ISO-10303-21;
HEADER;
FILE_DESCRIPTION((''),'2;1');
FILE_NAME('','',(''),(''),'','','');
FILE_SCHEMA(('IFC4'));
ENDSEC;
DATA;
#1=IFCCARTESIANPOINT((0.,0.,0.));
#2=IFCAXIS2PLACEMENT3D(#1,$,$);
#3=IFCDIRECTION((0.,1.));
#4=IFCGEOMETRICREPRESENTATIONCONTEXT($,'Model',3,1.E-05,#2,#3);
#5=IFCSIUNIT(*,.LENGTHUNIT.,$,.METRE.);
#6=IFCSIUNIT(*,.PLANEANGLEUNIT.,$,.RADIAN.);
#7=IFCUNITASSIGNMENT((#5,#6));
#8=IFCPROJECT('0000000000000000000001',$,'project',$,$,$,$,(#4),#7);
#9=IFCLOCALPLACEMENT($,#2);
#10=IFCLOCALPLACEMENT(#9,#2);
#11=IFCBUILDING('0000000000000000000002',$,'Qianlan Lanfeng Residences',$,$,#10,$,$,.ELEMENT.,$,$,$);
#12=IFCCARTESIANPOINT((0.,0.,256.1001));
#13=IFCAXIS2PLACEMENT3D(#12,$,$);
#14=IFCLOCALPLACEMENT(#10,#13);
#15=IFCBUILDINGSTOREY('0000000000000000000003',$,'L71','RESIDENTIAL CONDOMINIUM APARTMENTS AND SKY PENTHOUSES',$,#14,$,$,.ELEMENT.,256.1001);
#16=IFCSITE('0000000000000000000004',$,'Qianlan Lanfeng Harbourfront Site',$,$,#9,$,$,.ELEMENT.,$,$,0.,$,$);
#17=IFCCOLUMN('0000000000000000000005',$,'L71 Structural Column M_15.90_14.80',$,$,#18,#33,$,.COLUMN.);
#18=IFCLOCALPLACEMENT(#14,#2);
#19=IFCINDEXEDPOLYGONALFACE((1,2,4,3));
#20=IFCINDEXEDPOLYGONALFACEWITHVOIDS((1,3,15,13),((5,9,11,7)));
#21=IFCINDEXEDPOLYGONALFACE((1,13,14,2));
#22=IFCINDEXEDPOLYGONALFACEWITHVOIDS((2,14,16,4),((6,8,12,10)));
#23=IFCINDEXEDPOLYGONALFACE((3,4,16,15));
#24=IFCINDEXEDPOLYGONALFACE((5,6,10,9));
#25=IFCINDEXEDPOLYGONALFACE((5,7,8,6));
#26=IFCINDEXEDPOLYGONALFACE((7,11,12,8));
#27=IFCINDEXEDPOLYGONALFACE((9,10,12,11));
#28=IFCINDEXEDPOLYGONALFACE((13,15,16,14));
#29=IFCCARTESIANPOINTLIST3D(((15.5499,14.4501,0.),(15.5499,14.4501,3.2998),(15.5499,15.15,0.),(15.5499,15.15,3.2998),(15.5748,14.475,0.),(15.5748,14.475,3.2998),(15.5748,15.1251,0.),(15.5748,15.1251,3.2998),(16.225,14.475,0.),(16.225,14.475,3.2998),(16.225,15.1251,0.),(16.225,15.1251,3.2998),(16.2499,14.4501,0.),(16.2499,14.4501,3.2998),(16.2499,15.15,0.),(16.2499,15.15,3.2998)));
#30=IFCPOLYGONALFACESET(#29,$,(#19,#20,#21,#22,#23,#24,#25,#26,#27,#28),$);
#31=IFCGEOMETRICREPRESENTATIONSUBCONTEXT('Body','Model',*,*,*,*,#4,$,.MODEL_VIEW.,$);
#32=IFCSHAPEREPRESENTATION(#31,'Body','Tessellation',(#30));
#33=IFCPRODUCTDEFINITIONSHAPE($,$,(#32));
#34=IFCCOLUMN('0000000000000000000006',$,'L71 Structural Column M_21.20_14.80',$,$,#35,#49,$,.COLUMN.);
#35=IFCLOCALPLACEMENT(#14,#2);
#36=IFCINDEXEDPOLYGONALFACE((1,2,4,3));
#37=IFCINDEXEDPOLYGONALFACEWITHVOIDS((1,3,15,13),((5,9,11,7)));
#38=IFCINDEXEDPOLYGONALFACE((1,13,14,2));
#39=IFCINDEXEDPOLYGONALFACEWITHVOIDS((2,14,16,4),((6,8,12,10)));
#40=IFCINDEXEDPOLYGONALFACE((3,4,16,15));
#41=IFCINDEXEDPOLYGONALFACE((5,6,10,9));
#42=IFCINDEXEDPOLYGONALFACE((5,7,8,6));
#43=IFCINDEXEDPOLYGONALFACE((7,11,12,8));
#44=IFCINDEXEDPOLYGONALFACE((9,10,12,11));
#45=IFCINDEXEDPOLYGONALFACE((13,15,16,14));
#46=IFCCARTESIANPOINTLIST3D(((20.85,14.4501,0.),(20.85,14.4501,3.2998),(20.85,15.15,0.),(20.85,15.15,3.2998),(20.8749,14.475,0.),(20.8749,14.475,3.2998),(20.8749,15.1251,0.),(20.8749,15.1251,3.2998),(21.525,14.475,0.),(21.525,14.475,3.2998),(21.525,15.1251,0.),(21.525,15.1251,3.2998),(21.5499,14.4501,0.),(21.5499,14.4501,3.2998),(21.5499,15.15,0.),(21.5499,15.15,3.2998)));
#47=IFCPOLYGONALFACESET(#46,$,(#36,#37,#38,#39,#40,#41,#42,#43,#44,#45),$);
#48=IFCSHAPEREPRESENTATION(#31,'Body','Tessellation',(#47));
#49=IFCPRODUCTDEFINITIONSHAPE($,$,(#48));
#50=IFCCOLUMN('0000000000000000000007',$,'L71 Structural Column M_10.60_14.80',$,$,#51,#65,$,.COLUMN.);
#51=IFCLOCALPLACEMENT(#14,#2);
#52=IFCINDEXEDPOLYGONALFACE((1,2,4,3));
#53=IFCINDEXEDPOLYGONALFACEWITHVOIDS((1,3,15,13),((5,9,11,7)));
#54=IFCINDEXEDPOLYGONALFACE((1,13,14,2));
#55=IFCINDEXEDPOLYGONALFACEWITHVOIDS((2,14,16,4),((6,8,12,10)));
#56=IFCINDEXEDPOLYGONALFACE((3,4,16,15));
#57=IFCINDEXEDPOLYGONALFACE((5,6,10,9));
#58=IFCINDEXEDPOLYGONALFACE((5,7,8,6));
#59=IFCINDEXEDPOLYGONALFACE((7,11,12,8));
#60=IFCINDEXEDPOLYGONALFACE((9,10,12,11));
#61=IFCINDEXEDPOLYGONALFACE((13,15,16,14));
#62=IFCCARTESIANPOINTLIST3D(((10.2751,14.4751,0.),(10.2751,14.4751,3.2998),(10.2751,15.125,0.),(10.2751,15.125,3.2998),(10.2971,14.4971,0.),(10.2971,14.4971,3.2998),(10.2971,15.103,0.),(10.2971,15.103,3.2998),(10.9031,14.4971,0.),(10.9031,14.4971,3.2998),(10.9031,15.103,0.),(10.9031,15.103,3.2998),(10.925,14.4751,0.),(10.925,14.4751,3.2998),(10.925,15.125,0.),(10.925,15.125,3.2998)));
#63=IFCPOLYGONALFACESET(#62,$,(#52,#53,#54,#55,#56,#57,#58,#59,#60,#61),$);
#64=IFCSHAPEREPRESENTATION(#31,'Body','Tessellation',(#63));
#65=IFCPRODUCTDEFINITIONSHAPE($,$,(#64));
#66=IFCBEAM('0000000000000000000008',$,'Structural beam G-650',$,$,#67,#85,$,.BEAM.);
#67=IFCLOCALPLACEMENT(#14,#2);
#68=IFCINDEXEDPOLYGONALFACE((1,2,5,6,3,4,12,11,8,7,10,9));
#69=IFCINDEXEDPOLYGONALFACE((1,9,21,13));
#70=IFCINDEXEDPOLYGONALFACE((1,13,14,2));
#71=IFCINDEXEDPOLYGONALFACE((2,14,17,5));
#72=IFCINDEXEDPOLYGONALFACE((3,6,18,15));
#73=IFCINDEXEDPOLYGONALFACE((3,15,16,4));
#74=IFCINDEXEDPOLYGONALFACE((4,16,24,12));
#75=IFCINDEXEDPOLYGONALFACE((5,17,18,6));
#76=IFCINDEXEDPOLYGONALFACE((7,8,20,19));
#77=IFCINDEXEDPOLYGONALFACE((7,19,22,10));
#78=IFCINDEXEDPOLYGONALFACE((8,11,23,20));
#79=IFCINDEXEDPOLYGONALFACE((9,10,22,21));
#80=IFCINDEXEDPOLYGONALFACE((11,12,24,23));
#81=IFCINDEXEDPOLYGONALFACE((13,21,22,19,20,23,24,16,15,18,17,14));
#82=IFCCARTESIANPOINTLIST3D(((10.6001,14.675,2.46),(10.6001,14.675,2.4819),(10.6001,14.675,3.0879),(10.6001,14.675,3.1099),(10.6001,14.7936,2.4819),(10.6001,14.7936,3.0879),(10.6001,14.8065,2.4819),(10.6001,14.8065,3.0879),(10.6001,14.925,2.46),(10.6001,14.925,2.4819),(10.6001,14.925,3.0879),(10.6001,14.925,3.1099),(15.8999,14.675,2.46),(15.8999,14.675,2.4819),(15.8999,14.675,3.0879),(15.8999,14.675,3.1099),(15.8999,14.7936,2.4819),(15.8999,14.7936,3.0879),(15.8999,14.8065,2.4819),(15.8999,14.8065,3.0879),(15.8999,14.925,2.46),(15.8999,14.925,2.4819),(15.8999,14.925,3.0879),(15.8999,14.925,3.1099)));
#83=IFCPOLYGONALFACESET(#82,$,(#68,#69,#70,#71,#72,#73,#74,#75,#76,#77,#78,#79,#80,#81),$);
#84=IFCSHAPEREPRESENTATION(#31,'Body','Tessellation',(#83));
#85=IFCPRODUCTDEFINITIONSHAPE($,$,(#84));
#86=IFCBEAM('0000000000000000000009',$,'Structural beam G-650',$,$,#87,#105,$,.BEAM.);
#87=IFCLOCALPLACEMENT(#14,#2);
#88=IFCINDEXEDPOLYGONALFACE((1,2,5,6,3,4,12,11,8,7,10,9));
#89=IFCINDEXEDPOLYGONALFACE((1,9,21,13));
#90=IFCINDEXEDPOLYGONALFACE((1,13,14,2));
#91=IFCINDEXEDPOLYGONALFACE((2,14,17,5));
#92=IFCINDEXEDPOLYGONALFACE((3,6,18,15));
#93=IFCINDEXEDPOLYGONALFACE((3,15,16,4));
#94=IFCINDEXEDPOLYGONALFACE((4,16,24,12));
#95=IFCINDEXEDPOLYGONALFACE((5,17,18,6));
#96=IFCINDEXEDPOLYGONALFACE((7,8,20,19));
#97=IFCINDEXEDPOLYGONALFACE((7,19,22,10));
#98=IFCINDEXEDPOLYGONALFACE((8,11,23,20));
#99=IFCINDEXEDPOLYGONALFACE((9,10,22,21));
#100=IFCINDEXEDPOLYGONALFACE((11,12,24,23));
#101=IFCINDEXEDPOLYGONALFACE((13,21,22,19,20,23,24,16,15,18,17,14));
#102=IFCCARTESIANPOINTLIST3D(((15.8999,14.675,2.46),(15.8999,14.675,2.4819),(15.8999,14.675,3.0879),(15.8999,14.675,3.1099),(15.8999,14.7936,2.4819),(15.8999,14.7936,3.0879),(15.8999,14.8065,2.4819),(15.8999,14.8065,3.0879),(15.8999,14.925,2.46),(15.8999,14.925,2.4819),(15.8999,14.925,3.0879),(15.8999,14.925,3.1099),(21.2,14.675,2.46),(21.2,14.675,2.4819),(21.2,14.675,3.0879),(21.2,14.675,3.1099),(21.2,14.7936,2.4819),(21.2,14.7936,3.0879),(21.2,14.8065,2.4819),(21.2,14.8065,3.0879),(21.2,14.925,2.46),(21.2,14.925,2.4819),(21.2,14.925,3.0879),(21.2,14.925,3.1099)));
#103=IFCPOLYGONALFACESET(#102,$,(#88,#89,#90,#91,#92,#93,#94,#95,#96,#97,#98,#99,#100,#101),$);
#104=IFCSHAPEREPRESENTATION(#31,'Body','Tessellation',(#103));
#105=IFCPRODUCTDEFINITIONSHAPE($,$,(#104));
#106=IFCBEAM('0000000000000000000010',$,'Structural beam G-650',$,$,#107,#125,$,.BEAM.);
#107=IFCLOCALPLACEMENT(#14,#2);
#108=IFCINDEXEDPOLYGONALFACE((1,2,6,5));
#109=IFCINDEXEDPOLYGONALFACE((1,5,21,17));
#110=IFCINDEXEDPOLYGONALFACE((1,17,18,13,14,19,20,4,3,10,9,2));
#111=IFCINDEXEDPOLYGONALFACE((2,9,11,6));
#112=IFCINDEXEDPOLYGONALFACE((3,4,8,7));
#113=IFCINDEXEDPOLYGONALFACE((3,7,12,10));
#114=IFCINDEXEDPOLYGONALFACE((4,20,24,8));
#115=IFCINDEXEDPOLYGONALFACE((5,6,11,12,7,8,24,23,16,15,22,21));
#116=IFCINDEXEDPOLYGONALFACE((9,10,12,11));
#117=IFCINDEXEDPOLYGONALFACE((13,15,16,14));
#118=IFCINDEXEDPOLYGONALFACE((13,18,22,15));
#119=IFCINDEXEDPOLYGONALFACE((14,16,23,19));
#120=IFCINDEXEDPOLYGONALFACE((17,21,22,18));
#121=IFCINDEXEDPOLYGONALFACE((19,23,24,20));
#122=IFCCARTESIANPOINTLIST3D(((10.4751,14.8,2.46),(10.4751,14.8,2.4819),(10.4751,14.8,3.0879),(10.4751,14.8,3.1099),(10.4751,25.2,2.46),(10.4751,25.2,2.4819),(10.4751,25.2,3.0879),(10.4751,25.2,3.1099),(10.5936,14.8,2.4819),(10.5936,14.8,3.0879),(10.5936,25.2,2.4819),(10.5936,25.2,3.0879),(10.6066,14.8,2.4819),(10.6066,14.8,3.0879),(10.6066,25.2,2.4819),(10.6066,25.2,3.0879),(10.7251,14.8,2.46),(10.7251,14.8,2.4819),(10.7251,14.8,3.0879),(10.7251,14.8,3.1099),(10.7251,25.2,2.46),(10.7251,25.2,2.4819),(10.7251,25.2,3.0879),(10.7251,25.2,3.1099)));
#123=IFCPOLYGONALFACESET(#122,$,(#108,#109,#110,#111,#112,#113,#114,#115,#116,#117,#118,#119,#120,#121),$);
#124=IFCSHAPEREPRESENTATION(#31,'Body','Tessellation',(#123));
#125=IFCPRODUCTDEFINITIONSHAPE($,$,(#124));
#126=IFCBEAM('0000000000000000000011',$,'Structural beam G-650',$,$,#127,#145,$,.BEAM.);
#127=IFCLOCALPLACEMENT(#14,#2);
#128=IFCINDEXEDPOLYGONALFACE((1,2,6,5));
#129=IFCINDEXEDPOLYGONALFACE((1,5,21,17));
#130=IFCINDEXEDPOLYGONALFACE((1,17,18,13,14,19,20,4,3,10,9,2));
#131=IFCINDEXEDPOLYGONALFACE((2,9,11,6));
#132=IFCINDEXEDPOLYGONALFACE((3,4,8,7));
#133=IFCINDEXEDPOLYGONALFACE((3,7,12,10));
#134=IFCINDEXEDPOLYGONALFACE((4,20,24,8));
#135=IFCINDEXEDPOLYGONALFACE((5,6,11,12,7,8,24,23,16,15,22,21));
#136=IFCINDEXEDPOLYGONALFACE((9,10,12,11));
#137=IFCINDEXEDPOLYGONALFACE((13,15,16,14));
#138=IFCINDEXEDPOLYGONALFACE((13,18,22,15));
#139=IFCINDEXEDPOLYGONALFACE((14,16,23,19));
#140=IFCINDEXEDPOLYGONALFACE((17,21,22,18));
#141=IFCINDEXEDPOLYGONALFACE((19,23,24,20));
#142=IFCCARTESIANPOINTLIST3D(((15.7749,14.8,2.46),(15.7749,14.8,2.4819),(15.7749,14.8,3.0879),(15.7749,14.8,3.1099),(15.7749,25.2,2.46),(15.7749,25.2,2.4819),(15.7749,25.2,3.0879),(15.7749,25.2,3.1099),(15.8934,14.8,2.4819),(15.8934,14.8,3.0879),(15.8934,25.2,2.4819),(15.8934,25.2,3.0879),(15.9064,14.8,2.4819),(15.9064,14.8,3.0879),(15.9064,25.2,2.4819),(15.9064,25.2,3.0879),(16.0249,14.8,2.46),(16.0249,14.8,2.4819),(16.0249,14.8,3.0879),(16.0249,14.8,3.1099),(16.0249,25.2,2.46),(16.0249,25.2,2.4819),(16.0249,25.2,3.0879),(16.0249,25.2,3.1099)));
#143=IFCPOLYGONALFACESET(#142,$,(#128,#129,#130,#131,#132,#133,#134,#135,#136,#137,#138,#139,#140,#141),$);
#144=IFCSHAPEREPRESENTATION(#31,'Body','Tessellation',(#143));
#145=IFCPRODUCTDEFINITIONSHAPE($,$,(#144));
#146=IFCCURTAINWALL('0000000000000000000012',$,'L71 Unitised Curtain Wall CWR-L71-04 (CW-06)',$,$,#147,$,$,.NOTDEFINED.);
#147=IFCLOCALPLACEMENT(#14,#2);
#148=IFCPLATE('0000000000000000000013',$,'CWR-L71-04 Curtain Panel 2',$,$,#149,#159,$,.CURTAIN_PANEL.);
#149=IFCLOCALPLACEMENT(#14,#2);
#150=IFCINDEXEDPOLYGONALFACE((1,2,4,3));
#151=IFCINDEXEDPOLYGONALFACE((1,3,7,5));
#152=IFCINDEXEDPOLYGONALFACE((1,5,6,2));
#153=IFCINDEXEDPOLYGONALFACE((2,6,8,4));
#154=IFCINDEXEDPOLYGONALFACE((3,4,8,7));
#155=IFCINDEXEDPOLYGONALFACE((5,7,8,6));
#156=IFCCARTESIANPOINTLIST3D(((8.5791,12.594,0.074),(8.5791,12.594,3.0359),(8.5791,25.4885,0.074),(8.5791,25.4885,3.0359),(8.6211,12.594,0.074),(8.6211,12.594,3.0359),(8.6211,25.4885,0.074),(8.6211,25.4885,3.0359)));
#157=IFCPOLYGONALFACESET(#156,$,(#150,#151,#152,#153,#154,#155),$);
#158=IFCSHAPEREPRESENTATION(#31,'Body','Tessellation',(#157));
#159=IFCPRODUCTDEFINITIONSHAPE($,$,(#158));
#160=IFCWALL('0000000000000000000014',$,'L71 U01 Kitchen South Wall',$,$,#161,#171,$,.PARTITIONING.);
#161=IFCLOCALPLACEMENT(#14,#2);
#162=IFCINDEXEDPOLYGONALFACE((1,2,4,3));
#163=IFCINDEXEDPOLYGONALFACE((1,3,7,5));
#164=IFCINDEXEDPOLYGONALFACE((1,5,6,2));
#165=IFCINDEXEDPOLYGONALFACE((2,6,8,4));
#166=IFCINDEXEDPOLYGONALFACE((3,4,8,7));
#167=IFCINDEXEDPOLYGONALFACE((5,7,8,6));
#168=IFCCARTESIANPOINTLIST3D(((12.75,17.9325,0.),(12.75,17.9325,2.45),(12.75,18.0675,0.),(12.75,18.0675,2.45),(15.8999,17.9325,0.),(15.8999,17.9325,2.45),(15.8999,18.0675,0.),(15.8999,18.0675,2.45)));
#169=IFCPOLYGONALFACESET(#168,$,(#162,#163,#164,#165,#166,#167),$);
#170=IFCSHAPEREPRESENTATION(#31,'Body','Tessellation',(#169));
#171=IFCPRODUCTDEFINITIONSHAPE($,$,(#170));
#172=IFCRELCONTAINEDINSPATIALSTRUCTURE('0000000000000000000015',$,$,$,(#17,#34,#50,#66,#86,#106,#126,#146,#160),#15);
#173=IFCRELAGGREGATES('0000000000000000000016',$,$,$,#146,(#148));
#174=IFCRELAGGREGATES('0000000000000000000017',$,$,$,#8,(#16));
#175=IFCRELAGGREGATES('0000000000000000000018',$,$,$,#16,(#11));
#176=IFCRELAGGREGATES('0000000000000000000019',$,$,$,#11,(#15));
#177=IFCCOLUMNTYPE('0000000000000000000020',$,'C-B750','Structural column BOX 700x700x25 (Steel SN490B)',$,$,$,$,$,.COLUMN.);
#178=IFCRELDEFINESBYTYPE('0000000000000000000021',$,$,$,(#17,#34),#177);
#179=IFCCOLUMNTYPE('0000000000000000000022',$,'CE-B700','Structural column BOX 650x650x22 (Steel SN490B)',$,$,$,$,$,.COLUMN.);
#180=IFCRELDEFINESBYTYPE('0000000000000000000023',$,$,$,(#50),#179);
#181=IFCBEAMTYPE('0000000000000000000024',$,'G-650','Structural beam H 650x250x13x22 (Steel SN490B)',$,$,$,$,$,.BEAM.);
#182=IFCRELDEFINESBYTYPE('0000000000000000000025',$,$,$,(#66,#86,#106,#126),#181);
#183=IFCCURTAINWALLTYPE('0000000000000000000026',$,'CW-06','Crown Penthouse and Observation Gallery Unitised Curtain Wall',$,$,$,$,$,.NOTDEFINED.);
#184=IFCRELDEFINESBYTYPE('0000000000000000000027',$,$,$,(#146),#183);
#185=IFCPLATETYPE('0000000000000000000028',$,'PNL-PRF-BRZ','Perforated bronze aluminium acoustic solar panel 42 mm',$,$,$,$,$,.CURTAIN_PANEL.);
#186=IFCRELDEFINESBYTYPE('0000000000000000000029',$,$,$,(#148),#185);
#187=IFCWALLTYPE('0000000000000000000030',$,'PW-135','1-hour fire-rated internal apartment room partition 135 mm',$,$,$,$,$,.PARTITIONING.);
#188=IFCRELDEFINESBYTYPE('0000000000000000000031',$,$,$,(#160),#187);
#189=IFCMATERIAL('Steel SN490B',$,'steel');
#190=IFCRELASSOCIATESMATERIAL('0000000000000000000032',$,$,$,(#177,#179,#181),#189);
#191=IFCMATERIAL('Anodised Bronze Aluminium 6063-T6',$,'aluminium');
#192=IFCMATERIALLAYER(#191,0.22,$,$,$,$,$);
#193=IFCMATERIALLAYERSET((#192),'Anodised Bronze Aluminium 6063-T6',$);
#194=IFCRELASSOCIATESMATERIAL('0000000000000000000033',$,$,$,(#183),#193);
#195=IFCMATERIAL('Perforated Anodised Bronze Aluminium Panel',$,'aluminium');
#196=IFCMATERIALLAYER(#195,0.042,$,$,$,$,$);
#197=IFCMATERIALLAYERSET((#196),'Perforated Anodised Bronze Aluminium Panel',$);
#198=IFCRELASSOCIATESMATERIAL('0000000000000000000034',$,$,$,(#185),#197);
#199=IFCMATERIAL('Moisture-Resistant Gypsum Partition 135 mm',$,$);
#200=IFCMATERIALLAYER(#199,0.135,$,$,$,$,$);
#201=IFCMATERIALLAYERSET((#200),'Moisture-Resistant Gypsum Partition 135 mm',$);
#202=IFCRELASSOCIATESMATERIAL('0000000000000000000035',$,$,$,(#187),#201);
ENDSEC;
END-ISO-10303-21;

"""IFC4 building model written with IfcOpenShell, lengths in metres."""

from ifc_helpers import new_model, si_unit, direction, frame, frame_2d, origin, origin_2d, place, context, subcontext, project, spatial, rectangle, hollow_rectangle, i_section, extrude, source, transform, mapped, material, layer, layer_set, material_profile, profile_set, type_object, element, aggregate, save


model = new_model("IFC4")

# Units and contexts
model_context = context("Model", 3, precision=1e-05, world=origin(), true_north=direction((0.0, 1.0)))
body_context = subcontext(model_context, "Body", "Model", "MODEL_VIEW")
ifc_project = project(units=[si_unit("LENGTHUNIT", "METRE"), si_unit("PLANEANGLEUNIT", "RADIAN")], contexts=[model_context])

# Site, building, storey
site_placement = place(None, origin())
site = spatial("IfcSite", under=ifc_project, at=site_placement, Name="Qianlan Lanfeng Harbourfront Site", CompositionType="ELEMENT", RefElevation=0.0)
building_placement = place(site_placement, origin())
building = spatial("IfcBuilding", under=site, at=building_placement, Name="Qianlan Lanfeng Residences", CompositionType="ELEMENT")
storey_placement = place(building_placement, frame((0.0, 0.0, 256.1001)))
storey = spatial("IfcBuildingStorey", under=building, at=storey_placement, Name="L71", Description="RESIDENTIAL CONDOMINIUM APARTMENTS AND SKY PENTHOUSES", CompositionType="ELEMENT", Elevation=256.1001)

# Columns
ifc_material_1 = material(Name="Steel SN490B", Category="steel")
ifc_material_profile_1 = material_profile(ifc_material_1, hollow_rectangle(XDim=0.7, YDim=0.7, WallThickness=0.0249, at=origin_2d()), Name="BOX 700x700x25")
ifc_profile_set_1 = profile_set([ifc_material_profile_1], Name="Steel SN490B")
column_type_1 = type_object("IfcColumnType", Name="C-B750", Description="Structural column BOX 700x700x25 (Steel SN490B)", PredefinedType="COLUMN", material=ifc_profile_set_1)
for number, where, z_axis, x_axis, name in (
    (1, (15.8999, 14.8, 0.0), (0.0, 0.0, 1.0), (1.0, 0.0, 0.0), "L71 Structural Column M_15.90_14.80"),
    (2, (21.2, 14.8, 0.0), (0.0, 0.0, 1.0), (1.0, 0.0, 0.0), "L71 Structural Column M_21.20_14.80"),
):
    element("IfcColumn", number, at=place(storey_placement, frame(where, z_axis=z_axis, x_axis=x_axis)), inside=storey, type_object=column_type_1, Name=name, PredefinedType="COLUMN", context=body_context, shape_type="SweptSolid", body=[
        extrude(hollow_rectangle(XDim=0.7, YDim=0.7, WallThickness=0.0249, at=origin_2d()), origin(), (0.0, 0.0, 1.0), 3.2998),
    ])
ifc_material_profile_2 = material_profile(ifc_material_1, hollow_rectangle(XDim=0.6499, YDim=0.6499, WallThickness=0.022, at=origin_2d()), Name="BOX 650x650x22")
ifc_profile_set_2 = profile_set([ifc_material_profile_2], Name="Steel SN490B")
column_type_2 = type_object("IfcColumnType", Name="CE-B700", Description="Structural column BOX 650x650x22 (Steel SN490B)", PredefinedType="COLUMN", material=ifc_profile_set_2)
column_placement = place(storey_placement, frame((10.6001, 14.8, 0.0), z_axis=(0.0, 0.0, 1.0), x_axis=(1.0, 0.0, 0.0)))
element("IfcColumn", 3, at=column_placement, inside=storey, type_object=column_type_2, Name="L71 Structural Column M_10.60_14.80", PredefinedType="COLUMN", context=body_context, shape_type="SweptSolid", body=[
    extrude(hollow_rectangle(XDim=0.6499, YDim=0.6499, WallThickness=0.022, at=origin_2d()), origin(), (0.0, 0.0, 1.0), 3.2998),
])

# Beams
ifc_material_profile_3 = material_profile(ifc_material_1, i_section(OverallWidth=0.25, OverallDepth=0.6499, WebThickness=0.0129, FlangeThickness=0.022, at=origin_2d()), Name="H 650x250x13x22")
ifc_profile_set_3 = profile_set([ifc_material_profile_3], Name="Steel SN490B")
beam_type = type_object("IfcBeamType", Name="G-650", Description="Structural beam H 650x250x13x22 (Steel SN490B)", PredefinedType="BEAM", material=ifc_profile_set_3)
beam_1_placement = place(storey_placement, frame((10.6001, 14.8, 2.7849), z_axis=(1.0, 0.0, 0.0), x_axis=(0.0, 1.0, 0.0)))
element("IfcBeam", 4, at=beam_1_placement, inside=storey, type_object=beam_type, Name="Structural beam G-650", PredefinedType="BEAM", context=body_context, shape_type="SweptSolid", body=[
    extrude(i_section(OverallWidth=0.25, OverallDepth=0.6499, WebThickness=0.0129, FlangeThickness=0.022, at=origin_2d()), origin(), (0.0, 0.0, 1.0), 5.2998),
])
beam_2_placement = place(storey_placement, frame((15.8999, 14.8, 2.7849), z_axis=(1.0, 0.0, 0.0), x_axis=(0.0, 1.0, 0.0)))
element("IfcBeam", 5, at=beam_2_placement, inside=storey, type_object=beam_type, Name="Structural beam G-650", PredefinedType="BEAM", context=body_context, shape_type="SweptSolid", body=[
    extrude(i_section(OverallWidth=0.25, OverallDepth=0.6499, WebThickness=0.0129, FlangeThickness=0.022, at=origin_2d()), origin(), (0.0, 0.0, 1.0), 5.3),
])
for number, where, z_axis, x_axis, name in (
    (6, (10.6001, 14.8, 2.7849), (0.0, 1.0, 0.0), (-1.0, 0.0, 0.0), "Structural beam G-650"),
    (7, (15.8999, 14.8, 2.7849), (0.0, 1.0, 0.0), (-1.0, 0.0, 0.0), "Structural beam G-650"),
):
    element("IfcBeam", number, at=place(storey_placement, frame(where, z_axis=z_axis, x_axis=x_axis)), inside=storey, type_object=beam_type, Name=name, PredefinedType="BEAM", context=body_context, shape_type="SweptSolid", body=[
        extrude(i_section(OverallWidth=0.25, OverallDepth=0.6499, WebThickness=0.0129, FlangeThickness=0.022, at=origin_2d()), origin(), (0.0, 0.0, 1.0), 10.3999),
    ])

# Curtain wall, plate
ifc_material_2 = material(Name="Anodised Bronze Aluminium 6063-T6", Category="aluminium")
ifc_layer_1 = layer(ifc_material_2, 0.22)
ifc_layer_set_1 = layer_set([ifc_layer_1], Name="Anodised Bronze Aluminium 6063-T6")
curtain_wall_type = type_object("IfcCurtainWallType", Name="CW-06", Description="Crown Penthouse and Observation Gallery Unitised Curtain Wall", PredefinedType="NOTDEFINED", material=ifc_layer_set_1)
curtain_wall_placement = place(storey_placement, origin())
curtain_wall = element("IfcCurtainWall", 8, at=curtain_wall_placement, inside=storey, type_object=curtain_wall_type, Name="L71 Unitised Curtain Wall CWR-L71-04 (CW-06)", PredefinedType="NOTDEFINED")
ifc_material_3 = material(Name="Perforated Anodised Bronze Aluminium Panel", Category="aluminium")
ifc_layer_2 = layer(ifc_material_3, 0.042)
ifc_layer_set_2 = layer_set([ifc_layer_2], Name="Perforated Anodised Bronze Aluminium Panel")
plate_type = type_object("IfcPlateType", Name="PNL-PRF-BRZ", Description="Perforated bronze aluminium acoustic solar panel 42 mm", PredefinedType="CURTAIN_PANEL", material=ifc_layer_set_2)
shared_shape = source(origin(), body_context, "Body", "SweptSolid", [
    extrude(rectangle(XDim=12.8945, YDim=0.042, at=origin_2d()), origin(), (0.0, 0.0, 1.0), 2.9619),
])
plate_placement = place(storey_placement, frame((8.6001, 19.0413, 0.074), z_axis=(0.0, 0.0, 1.0), x_axis=(0.0, -1.0, 0.0)))
plate = element("IfcPlate", 9, at=plate_placement, type_object=plate_type, Name="CWR-L71-04 Curtain Panel 2", PredefinedType="CURTAIN_PANEL", context=body_context, shape_type="MappedRepresentation", body=[
    mapped(shared_shape, transform((0.0, 0.0, 0.0), scale=1.0)),
])
aggregate(curtain_wall, [plate])

# Shared definitions
ifc_material_4 = material(Name="Moisture-Resistant Gypsum Partition 135 mm")
ifc_layer_3 = layer(ifc_material_4, 0.135)
ifc_layer_set_3 = layer_set([ifc_layer_3], Name="Moisture-Resistant Gypsum Partition 135 mm")
wall_type_1 = type_object("IfcWallType", Name="PW-135", Description="1-hour fire-rated internal apartment room partition 135 mm", PredefinedType="PARTITIONING", material=ifc_layer_set_3)

# Wall
wall_1_placement = place(storey_placement, frame((12.75, 18.0, 0.0), z_axis=(0.0, 0.0, 1.0), x_axis=(1.0, 0.0, 0.0)))
element("IfcWall", 10, at=wall_1_placement, inside=storey, type_object=wall_type_1, Name="L71 U01 Kitchen South Wall", PredefinedType="PARTITIONING", context=body_context, shape_type="SweptSolid", body=[
    extrude(rectangle(XDim=3.1499, YDim=0.135, at=frame_2d((1.575, 0.0))), origin(), (0.0, 0.0, 1.0), 2.45),
])

save(model, "model.ifc")
